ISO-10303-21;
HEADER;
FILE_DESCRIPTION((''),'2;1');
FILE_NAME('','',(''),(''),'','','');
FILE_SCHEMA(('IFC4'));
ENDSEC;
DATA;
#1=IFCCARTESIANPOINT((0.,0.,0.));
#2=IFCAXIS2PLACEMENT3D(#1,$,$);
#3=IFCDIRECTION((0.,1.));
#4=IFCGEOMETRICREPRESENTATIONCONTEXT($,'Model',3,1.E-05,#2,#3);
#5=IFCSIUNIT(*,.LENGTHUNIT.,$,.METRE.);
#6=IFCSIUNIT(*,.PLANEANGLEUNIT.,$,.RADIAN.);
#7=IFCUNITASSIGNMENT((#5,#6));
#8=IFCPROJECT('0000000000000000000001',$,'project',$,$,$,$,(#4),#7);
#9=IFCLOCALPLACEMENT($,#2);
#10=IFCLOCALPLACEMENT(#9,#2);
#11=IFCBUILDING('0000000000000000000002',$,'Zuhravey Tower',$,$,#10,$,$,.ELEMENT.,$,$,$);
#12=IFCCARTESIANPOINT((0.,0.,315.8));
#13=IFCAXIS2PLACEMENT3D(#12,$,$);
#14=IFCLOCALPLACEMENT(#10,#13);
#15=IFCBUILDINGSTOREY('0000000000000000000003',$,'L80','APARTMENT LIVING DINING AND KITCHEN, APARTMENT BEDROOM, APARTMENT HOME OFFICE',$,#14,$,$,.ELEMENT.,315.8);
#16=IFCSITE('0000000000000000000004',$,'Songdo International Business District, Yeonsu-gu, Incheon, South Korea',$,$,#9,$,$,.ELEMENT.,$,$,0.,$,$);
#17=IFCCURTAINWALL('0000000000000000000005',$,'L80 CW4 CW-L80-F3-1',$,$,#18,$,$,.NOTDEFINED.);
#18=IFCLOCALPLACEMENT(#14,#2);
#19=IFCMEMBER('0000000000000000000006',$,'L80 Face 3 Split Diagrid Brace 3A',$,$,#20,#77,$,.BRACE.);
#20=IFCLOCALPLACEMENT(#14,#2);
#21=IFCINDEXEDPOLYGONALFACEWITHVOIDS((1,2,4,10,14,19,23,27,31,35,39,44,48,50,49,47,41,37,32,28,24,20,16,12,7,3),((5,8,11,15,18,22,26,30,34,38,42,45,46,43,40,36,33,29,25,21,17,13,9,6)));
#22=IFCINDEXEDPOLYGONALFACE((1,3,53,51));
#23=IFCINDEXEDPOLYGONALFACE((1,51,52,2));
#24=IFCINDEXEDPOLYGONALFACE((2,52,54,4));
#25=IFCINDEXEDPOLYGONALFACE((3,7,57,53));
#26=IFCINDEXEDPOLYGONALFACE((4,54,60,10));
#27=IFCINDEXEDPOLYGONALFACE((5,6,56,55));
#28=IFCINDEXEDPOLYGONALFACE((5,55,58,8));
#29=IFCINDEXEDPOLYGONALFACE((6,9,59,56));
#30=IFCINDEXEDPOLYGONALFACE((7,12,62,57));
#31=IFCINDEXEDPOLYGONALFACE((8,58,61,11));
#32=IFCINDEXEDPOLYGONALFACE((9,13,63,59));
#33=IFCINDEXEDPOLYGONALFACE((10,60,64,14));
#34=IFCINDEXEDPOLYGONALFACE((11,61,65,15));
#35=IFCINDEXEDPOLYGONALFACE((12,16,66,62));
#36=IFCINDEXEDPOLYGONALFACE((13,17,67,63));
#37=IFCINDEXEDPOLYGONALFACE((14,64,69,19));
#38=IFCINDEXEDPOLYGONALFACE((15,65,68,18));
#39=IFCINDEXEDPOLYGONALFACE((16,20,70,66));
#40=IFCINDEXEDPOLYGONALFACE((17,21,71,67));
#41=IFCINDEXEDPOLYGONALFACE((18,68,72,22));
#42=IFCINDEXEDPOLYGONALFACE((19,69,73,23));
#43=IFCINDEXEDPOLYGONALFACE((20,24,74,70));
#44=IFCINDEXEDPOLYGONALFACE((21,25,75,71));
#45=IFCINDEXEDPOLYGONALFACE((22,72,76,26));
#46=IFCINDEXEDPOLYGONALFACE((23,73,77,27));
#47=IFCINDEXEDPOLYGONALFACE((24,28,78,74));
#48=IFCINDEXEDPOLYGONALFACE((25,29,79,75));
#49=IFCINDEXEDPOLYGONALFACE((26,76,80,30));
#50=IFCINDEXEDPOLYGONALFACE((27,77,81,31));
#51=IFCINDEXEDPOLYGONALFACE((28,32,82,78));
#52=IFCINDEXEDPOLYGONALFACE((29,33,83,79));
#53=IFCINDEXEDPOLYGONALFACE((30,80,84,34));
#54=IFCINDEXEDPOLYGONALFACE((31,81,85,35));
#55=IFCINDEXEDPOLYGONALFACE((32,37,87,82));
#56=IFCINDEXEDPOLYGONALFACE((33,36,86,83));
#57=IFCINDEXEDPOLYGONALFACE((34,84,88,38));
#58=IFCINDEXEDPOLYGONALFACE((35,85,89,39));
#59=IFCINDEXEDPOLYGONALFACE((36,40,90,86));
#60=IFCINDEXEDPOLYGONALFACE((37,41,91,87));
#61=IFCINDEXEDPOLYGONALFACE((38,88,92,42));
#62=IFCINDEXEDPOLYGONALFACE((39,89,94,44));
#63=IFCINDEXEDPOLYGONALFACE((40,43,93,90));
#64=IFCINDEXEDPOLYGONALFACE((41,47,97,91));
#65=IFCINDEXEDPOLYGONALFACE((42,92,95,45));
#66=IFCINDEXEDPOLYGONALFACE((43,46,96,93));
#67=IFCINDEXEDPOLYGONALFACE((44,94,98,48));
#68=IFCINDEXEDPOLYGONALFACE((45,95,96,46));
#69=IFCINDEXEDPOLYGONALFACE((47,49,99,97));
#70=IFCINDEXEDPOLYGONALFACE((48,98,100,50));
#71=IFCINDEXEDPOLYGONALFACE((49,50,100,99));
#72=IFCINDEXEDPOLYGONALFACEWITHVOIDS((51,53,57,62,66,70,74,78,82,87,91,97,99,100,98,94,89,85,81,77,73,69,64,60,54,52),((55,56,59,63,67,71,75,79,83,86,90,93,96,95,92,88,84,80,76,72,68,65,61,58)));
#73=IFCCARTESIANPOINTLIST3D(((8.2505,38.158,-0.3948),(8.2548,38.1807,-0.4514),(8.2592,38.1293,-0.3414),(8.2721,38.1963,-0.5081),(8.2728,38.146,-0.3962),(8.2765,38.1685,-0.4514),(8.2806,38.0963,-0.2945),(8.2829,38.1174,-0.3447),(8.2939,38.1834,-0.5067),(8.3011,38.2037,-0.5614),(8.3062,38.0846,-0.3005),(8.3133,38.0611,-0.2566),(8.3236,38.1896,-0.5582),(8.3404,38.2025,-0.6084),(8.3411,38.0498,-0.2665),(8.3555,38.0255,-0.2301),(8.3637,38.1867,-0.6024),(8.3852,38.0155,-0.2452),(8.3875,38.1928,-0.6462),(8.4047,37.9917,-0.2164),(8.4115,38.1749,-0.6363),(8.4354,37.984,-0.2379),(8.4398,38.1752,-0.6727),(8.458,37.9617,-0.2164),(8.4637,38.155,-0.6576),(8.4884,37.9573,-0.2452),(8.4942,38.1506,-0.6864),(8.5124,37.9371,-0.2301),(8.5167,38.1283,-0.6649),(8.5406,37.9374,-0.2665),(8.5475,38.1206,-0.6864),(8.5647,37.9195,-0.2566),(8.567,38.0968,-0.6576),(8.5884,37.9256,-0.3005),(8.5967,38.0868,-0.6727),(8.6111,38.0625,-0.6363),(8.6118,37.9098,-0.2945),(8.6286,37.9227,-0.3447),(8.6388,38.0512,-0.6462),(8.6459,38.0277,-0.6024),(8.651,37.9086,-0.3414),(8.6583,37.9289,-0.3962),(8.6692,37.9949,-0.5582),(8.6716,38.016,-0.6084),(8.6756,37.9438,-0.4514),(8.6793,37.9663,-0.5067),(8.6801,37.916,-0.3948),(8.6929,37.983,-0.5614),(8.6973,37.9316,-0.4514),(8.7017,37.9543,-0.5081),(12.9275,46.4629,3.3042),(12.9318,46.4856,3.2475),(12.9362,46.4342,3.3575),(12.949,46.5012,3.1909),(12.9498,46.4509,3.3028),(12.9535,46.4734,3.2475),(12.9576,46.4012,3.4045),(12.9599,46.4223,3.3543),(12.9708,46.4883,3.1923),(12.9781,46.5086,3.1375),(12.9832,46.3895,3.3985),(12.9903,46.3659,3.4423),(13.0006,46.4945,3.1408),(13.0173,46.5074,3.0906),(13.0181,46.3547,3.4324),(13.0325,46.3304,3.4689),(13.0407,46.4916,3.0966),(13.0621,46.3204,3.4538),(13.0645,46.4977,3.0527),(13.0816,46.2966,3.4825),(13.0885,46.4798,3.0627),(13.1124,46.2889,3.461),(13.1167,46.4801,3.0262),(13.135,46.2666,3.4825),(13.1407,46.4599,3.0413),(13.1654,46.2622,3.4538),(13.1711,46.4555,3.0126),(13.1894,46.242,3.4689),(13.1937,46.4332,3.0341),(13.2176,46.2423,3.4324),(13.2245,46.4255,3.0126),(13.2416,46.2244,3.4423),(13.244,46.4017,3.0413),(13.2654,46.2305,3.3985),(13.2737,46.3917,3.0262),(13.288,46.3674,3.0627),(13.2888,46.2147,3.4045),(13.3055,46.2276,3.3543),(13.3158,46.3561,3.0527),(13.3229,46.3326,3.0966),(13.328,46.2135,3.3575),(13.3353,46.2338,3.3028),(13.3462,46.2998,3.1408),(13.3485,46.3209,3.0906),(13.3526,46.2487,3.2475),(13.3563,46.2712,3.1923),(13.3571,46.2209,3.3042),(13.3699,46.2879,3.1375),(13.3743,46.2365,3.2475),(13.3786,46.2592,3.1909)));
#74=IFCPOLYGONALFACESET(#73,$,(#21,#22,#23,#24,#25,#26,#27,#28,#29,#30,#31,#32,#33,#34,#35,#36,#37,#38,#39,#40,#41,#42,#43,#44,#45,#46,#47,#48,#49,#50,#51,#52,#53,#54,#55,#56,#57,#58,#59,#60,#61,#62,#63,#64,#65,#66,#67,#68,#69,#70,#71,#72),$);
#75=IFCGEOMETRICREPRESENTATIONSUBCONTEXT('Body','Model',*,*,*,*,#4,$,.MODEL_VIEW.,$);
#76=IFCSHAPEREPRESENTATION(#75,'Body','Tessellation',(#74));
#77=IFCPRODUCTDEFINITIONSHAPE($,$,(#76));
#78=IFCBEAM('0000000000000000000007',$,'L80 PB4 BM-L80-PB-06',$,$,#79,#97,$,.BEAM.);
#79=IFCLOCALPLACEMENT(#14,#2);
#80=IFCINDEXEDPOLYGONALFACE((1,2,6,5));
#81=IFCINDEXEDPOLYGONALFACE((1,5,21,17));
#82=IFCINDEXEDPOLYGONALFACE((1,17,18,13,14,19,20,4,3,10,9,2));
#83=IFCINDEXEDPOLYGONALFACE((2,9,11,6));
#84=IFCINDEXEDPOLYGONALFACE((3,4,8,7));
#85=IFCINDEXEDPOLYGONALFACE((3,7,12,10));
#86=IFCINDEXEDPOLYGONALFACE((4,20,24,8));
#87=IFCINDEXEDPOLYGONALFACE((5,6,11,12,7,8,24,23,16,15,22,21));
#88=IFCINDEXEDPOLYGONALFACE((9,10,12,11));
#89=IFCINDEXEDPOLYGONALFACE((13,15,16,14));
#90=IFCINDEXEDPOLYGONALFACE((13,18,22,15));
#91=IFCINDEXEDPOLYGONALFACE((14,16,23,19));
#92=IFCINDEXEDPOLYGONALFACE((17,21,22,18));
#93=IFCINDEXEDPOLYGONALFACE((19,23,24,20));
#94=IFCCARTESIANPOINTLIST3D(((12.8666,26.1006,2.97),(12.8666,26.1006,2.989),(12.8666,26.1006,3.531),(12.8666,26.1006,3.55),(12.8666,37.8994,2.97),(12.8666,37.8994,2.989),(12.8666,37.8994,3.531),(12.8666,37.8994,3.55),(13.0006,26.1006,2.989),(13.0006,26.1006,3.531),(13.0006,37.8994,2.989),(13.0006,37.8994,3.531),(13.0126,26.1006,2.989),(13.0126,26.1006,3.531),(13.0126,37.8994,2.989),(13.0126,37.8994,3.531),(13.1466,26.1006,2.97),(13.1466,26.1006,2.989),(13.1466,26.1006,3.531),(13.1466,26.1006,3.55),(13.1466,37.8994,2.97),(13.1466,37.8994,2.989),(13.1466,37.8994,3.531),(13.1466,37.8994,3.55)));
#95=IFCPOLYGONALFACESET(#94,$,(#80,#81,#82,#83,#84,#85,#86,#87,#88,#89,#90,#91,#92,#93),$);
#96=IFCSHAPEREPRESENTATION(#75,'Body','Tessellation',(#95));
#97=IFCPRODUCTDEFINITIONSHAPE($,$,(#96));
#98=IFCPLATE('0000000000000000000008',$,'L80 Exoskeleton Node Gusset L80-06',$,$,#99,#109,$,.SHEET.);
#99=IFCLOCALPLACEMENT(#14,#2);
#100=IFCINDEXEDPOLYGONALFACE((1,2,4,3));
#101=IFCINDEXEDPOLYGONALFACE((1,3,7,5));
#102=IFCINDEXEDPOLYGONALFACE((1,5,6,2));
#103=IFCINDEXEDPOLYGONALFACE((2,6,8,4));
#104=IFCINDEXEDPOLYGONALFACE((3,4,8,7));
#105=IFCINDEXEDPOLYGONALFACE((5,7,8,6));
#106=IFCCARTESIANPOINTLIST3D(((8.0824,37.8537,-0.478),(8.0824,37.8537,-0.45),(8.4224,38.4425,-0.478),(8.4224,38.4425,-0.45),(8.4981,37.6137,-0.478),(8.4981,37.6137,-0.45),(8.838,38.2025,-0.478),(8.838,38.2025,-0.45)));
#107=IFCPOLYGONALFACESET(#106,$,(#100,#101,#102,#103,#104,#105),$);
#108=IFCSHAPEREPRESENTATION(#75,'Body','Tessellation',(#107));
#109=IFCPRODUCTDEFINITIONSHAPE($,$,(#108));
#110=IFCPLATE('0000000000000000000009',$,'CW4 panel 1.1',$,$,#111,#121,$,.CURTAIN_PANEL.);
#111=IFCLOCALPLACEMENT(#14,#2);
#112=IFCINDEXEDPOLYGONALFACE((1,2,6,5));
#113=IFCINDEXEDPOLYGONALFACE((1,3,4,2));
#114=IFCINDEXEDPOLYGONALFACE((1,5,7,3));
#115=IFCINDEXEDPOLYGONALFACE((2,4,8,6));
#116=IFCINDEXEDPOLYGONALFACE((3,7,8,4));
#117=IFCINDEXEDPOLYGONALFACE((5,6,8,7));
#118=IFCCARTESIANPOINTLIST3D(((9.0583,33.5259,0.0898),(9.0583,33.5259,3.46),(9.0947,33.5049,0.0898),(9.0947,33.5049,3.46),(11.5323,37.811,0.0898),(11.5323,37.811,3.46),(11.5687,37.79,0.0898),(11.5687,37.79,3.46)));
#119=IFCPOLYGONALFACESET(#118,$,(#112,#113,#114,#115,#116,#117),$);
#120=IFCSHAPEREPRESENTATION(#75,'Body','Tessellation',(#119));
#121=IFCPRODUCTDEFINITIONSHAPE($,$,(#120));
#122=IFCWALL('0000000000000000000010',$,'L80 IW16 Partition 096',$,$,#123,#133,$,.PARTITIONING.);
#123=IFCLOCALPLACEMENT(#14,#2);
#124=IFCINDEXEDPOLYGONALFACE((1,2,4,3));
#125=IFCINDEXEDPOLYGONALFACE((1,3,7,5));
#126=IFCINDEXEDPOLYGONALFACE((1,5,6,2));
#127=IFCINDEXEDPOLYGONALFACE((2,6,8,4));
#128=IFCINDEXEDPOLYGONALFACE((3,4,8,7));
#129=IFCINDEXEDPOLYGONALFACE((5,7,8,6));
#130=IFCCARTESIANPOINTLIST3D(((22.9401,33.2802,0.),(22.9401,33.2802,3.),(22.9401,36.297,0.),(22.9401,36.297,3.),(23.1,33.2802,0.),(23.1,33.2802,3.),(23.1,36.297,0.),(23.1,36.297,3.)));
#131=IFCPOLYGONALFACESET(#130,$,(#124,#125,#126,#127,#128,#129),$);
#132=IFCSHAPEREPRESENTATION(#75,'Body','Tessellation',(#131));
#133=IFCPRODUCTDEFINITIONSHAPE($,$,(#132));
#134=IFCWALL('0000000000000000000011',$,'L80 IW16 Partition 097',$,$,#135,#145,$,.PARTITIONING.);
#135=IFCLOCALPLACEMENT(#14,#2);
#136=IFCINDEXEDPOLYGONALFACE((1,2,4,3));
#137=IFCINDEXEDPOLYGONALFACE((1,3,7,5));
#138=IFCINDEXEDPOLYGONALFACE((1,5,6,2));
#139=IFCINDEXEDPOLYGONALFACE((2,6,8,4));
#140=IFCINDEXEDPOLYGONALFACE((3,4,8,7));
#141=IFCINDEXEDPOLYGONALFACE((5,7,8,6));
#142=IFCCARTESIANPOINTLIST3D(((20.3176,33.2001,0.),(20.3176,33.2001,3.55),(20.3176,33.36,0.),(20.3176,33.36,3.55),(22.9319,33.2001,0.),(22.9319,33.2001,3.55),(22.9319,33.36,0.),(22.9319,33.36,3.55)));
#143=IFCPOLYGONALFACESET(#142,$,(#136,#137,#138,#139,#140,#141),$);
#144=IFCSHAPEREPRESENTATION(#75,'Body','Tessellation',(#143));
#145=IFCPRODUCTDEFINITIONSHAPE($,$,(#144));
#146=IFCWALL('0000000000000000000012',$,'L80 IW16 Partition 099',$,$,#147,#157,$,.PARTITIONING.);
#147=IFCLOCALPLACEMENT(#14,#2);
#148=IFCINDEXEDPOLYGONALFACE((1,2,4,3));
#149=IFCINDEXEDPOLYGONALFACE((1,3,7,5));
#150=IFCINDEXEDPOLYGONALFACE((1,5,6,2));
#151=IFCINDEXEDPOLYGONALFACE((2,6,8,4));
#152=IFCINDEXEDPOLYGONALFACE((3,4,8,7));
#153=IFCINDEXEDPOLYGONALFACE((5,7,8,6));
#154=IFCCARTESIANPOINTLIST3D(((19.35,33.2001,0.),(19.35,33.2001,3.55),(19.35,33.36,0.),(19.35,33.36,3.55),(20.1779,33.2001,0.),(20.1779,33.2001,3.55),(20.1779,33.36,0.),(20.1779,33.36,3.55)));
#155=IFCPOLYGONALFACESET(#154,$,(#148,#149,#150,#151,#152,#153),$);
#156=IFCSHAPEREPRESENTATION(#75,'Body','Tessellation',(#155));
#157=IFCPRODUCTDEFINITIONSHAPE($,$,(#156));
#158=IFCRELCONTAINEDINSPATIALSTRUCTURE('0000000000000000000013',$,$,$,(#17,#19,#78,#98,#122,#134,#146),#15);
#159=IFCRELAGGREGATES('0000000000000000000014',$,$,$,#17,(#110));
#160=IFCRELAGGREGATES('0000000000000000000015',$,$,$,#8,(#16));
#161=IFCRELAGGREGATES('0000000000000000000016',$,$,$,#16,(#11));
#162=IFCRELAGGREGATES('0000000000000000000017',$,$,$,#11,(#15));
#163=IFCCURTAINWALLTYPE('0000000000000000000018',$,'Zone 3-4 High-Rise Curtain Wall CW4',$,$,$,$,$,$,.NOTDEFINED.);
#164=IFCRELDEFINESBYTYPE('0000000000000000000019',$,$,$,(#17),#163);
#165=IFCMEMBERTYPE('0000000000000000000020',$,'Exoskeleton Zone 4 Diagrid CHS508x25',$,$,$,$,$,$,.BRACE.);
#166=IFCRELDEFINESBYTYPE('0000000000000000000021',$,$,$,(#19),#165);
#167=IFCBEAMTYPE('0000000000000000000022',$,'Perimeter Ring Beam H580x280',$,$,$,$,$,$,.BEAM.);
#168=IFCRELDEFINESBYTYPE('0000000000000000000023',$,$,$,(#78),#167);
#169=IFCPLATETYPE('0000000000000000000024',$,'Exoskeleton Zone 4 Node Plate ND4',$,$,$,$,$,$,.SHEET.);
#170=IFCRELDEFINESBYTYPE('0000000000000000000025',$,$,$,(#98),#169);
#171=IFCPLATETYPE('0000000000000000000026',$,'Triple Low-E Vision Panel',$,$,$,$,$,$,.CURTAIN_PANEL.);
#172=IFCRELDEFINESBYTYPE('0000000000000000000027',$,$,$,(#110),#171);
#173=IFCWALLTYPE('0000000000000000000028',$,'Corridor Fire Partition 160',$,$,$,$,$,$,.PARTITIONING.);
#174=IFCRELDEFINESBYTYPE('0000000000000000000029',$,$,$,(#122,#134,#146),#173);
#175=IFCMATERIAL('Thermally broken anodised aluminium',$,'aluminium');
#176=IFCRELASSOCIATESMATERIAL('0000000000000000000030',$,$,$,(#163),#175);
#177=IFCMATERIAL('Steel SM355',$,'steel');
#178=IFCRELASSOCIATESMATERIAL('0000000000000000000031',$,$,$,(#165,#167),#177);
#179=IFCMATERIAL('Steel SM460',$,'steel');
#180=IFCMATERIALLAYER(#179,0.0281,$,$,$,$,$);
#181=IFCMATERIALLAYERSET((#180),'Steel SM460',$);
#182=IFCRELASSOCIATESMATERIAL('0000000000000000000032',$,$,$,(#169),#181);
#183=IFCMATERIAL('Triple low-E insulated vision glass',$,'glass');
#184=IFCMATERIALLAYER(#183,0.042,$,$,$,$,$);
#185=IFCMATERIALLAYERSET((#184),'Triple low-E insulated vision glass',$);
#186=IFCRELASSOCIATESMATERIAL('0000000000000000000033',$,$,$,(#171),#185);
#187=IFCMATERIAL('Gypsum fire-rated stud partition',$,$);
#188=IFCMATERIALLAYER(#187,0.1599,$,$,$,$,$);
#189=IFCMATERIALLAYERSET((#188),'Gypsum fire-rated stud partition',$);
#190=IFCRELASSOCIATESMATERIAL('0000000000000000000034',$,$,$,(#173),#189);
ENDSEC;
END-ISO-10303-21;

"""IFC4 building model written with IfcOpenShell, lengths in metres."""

from ifc_helpers import new_model, si_unit, direction, frame, frame_2d, origin, origin_2d, place, context, subcontext, project, spatial, rectangle, hollow_circle, i_section, extrude, material, layer, layer_set, material_profile, profile_set, type_object, element, aggregate, save


model = new_model("IFC4")

# Units and contexts
model_context = context("Model", 3, precision=1e-05, world=origin(), true_north=direction((0.0, 1.0)))
body_context = subcontext(model_context, "Body", "Model", "MODEL_VIEW")
ifc_project = project(units=[si_unit("LENGTHUNIT", "METRE"), si_unit("PLANEANGLEUNIT", "RADIAN")], contexts=[model_context])

# Site, building, storey
site_placement = place(None, origin())
site = spatial("IfcSite", under=ifc_project, at=site_placement, Name="Songdo International Business District, Yeonsu-gu, Incheon, South Korea", CompositionType="ELEMENT", RefElevation=0.0)
building_placement = place(site_placement, origin())
building = spatial("IfcBuilding", under=site, at=building_placement, Name="Zuhravey Tower", CompositionType="ELEMENT")
storey_placement = place(building_placement, frame((0.0, 0.0, 315.8)))
storey = spatial("IfcBuildingStorey", under=building, at=storey_placement, Name="L80", Description="APARTMENT LIVING DINING AND KITCHEN, APARTMENT BEDROOM, APARTMENT HOME OFFICE", CompositionType="ELEMENT", Elevation=315.8)

# Curtain wall
ifc_material_1 = material(Name="Thermally broken anodised aluminium", Category="aluminium")
curtain_wall_type = type_object("IfcCurtainWallType", Name="Zone 3-4 High-Rise Curtain Wall CW4", PredefinedType="NOTDEFINED", material=ifc_material_1)
curtain_wall_placement = place(storey_placement, origin())
curtain_wall = element("IfcCurtainWall", 1, at=curtain_wall_placement, inside=storey, type_object=curtain_wall_type, Name="L80 CW4 CW-L80-F3-1", PredefinedType="NOTDEFINED")

# Member
ifc_material_2 = material(Name="Steel SM355", Category="steel")
ifc_material_profile_1 = material_profile(ifc_material_2, hollow_circle(Radius=0.2539, WallThickness=0.0249, at=origin_2d()), Name="CHS-508.0x25")
ifc_profile_set_1 = profile_set([ifc_material_profile_1], Name="Steel SM355")
member_type_1 = type_object("IfcMemberType", Name="Exoskeleton Zone 4 Diagrid CHS508x25", PredefinedType="BRACE", material=ifc_profile_set_1)
member_1_placement = place(storey_placement, frame((8.4761, 38.0562, -0.4514), z_axis=(0.457457, 0.812304, 0.361796), x_axis=(-0.87133, 0.490698, 0.0)))
element("IfcMember", 2, at=member_1_placement, inside=storey, type_object=member_type_1, Name="L80 Face 3 Split Diagrid Brace 3A", PredefinedType="BRACE", context=body_context, shape_type="SweptSolid", body=[
    extrude(hollow_circle(Radius=0.2539, WallThickness=0.0249, at=origin_2d()), origin(), (0.0, 0.0, 1.0), 10.2239),
])

# Beam
ifc_material_profile_2 = material_profile(ifc_material_2, i_section(OverallWidth=0.28, OverallDepth=0.5801, WebThickness=0.012, FlangeThickness=0.019, at=origin_2d()), Name="H-580x280x12x19")
ifc_profile_set_2 = profile_set([ifc_material_profile_2], Name="Steel SM355")
beam_type = type_object("IfcBeamType", Name="Perimeter Ring Beam H580x280", PredefinedType="BEAM", material=ifc_profile_set_2)
beam_placement = place(storey_placement, frame((13.0066, 37.8994, 3.26), z_axis=(0.0, -1.0, 0.0), x_axis=(1.0, 0.0, 0.0)))
element("IfcBeam", 3, at=beam_placement, inside=storey, type_object=beam_type, Name="L80 PB4 BM-L80-PB-06", PredefinedType="BEAM", context=body_context, shape_type="SweptSolid", body=[
    extrude(i_section(OverallWidth=0.28, OverallDepth=0.5801, WebThickness=0.012, FlangeThickness=0.019, at=origin_2d()), origin(), (0.0, 0.0, 1.0), 11.7988),
])

# Plates
ifc_material_3 = material(Name="Steel SM460", Category="steel")
ifc_layer_1 = layer(ifc_material_3, 0.0281)
ifc_layer_set_1 = layer_set([ifc_layer_1], Name="Steel SM460")
plate_type_1 = type_object("IfcPlateType", Name="Exoskeleton Zone 4 Node Plate ND4", PredefinedType="SHEET", material=ifc_layer_set_1)
plate_1_placement = place(storey_placement, frame((8.4602, 38.0281, -0.478), z_axis=(0.0, 0.0, 1.0), x_axis=(-0.5, -0.866025, 0.0)))
element("IfcPlate", 4, at=plate_1_placement, inside=storey, type_object=plate_type_1, Name="L80 Exoskeleton Node Gusset L80-06", PredefinedType="SHEET", context=body_context, shape_type="SweptSolid", body=[
    extrude(rectangle(XDim=0.6799, YDim=0.48, at=origin_2d()), origin(), (0.0, 0.0, 1.0), 0.0281),
])
ifc_material_4 = material(Name="Triple low-E insulated vision glass", Category="glass")
ifc_layer_2 = layer(ifc_material_4, 0.042)
ifc_layer_set_2 = layer_set([ifc_layer_2], Name="Triple low-E insulated vision glass")
plate_type_2 = type_object("IfcPlateType", Name="Triple Low-E Vision Panel", PredefinedType="CURTAIN_PANEL", material=ifc_layer_set_2)
plate_2_placement = place(storey_placement, frame((10.3135, 35.658, 0.0898), z_axis=(0.0, 0.0, 1.0), x_axis=(0.499997, 0.866027, 0.0)))
plate_2 = element("IfcPlate", 5, at=plate_2_placement, type_object=plate_type_2, Name="CW4 panel 1.1", PredefinedType="CURTAIN_PANEL", context=body_context, shape_type="SweptSolid", body=[
    extrude(rectangle(XDim=4.948, YDim=0.042, at=origin_2d()), origin(), (0.0, 0.0, 1.0), 3.3701),
])
aggregate(curtain_wall, [plate_2])

# Walls
ifc_material_5 = material(Name="Gypsum fire-rated stud partition")
ifc_layer_3 = layer(ifc_material_5, 0.1599)
ifc_layer_set_3 = layer_set([ifc_layer_3], Name="Gypsum fire-rated stud partition")
wall_type_1 = type_object("IfcWallType", Name="Corridor Fire Partition 160", PredefinedType="PARTITIONING", material=ifc_layer_set_3)
wall_1_placement = place(storey_placement, frame((23.02, 36.2969, 0.0), z_axis=(0.0, 0.0, 1.0), x_axis=(0.0, -1.0, 0.0)))
element("IfcWall", 6, at=wall_1_placement, inside=storey, type_object=wall_type_1, Name="L80 IW16 Partition 096", PredefinedType="PARTITIONING", context=body_context, shape_type="SweptSolid", body=[
    extrude(rectangle(XDim=3.0168, YDim=0.1599, at=frame_2d((1.5083, 0.0))), origin(), (0.0, 0.0, 1.0), 3.0),
])
wall_2_placement = place(storey_placement, frame((22.9319, 33.28, 0.0), z_axis=(0.0, 0.0, 1.0), x_axis=(-1.0, 0.0, 0.0)))
element("IfcWall", 7, at=wall_2_placement, inside=storey, type_object=wall_type_1, Name="L80 IW16 Partition 097", PredefinedType="PARTITIONING", context=body_context, shape_type="SweptSolid", body=[
    extrude(rectangle(XDim=2.6143, YDim=0.1599, at=frame_2d((1.3071, 0.0))), origin(), (0.0, 0.0, 1.0), 3.55),
])
wall_3_placement = place(storey_placement, frame((20.178, 33.28, 0.0), z_axis=(0.0, 0.0, 1.0), x_axis=(-1.0, 0.0, 0.0)))
element("IfcWall", 8, at=wall_3_placement, inside=storey, type_object=wall_type_1, Name="L80 IW16 Partition 099", PredefinedType="PARTITIONING", context=body_context, shape_type="SweptSolid", body=[
    extrude(rectangle(XDim=0.8279, YDim=0.1599, at=frame_2d((0.4141, 0.0))), origin(), (0.0, 0.0, 1.0), 3.55),
])

save(model, "model.ifc")
